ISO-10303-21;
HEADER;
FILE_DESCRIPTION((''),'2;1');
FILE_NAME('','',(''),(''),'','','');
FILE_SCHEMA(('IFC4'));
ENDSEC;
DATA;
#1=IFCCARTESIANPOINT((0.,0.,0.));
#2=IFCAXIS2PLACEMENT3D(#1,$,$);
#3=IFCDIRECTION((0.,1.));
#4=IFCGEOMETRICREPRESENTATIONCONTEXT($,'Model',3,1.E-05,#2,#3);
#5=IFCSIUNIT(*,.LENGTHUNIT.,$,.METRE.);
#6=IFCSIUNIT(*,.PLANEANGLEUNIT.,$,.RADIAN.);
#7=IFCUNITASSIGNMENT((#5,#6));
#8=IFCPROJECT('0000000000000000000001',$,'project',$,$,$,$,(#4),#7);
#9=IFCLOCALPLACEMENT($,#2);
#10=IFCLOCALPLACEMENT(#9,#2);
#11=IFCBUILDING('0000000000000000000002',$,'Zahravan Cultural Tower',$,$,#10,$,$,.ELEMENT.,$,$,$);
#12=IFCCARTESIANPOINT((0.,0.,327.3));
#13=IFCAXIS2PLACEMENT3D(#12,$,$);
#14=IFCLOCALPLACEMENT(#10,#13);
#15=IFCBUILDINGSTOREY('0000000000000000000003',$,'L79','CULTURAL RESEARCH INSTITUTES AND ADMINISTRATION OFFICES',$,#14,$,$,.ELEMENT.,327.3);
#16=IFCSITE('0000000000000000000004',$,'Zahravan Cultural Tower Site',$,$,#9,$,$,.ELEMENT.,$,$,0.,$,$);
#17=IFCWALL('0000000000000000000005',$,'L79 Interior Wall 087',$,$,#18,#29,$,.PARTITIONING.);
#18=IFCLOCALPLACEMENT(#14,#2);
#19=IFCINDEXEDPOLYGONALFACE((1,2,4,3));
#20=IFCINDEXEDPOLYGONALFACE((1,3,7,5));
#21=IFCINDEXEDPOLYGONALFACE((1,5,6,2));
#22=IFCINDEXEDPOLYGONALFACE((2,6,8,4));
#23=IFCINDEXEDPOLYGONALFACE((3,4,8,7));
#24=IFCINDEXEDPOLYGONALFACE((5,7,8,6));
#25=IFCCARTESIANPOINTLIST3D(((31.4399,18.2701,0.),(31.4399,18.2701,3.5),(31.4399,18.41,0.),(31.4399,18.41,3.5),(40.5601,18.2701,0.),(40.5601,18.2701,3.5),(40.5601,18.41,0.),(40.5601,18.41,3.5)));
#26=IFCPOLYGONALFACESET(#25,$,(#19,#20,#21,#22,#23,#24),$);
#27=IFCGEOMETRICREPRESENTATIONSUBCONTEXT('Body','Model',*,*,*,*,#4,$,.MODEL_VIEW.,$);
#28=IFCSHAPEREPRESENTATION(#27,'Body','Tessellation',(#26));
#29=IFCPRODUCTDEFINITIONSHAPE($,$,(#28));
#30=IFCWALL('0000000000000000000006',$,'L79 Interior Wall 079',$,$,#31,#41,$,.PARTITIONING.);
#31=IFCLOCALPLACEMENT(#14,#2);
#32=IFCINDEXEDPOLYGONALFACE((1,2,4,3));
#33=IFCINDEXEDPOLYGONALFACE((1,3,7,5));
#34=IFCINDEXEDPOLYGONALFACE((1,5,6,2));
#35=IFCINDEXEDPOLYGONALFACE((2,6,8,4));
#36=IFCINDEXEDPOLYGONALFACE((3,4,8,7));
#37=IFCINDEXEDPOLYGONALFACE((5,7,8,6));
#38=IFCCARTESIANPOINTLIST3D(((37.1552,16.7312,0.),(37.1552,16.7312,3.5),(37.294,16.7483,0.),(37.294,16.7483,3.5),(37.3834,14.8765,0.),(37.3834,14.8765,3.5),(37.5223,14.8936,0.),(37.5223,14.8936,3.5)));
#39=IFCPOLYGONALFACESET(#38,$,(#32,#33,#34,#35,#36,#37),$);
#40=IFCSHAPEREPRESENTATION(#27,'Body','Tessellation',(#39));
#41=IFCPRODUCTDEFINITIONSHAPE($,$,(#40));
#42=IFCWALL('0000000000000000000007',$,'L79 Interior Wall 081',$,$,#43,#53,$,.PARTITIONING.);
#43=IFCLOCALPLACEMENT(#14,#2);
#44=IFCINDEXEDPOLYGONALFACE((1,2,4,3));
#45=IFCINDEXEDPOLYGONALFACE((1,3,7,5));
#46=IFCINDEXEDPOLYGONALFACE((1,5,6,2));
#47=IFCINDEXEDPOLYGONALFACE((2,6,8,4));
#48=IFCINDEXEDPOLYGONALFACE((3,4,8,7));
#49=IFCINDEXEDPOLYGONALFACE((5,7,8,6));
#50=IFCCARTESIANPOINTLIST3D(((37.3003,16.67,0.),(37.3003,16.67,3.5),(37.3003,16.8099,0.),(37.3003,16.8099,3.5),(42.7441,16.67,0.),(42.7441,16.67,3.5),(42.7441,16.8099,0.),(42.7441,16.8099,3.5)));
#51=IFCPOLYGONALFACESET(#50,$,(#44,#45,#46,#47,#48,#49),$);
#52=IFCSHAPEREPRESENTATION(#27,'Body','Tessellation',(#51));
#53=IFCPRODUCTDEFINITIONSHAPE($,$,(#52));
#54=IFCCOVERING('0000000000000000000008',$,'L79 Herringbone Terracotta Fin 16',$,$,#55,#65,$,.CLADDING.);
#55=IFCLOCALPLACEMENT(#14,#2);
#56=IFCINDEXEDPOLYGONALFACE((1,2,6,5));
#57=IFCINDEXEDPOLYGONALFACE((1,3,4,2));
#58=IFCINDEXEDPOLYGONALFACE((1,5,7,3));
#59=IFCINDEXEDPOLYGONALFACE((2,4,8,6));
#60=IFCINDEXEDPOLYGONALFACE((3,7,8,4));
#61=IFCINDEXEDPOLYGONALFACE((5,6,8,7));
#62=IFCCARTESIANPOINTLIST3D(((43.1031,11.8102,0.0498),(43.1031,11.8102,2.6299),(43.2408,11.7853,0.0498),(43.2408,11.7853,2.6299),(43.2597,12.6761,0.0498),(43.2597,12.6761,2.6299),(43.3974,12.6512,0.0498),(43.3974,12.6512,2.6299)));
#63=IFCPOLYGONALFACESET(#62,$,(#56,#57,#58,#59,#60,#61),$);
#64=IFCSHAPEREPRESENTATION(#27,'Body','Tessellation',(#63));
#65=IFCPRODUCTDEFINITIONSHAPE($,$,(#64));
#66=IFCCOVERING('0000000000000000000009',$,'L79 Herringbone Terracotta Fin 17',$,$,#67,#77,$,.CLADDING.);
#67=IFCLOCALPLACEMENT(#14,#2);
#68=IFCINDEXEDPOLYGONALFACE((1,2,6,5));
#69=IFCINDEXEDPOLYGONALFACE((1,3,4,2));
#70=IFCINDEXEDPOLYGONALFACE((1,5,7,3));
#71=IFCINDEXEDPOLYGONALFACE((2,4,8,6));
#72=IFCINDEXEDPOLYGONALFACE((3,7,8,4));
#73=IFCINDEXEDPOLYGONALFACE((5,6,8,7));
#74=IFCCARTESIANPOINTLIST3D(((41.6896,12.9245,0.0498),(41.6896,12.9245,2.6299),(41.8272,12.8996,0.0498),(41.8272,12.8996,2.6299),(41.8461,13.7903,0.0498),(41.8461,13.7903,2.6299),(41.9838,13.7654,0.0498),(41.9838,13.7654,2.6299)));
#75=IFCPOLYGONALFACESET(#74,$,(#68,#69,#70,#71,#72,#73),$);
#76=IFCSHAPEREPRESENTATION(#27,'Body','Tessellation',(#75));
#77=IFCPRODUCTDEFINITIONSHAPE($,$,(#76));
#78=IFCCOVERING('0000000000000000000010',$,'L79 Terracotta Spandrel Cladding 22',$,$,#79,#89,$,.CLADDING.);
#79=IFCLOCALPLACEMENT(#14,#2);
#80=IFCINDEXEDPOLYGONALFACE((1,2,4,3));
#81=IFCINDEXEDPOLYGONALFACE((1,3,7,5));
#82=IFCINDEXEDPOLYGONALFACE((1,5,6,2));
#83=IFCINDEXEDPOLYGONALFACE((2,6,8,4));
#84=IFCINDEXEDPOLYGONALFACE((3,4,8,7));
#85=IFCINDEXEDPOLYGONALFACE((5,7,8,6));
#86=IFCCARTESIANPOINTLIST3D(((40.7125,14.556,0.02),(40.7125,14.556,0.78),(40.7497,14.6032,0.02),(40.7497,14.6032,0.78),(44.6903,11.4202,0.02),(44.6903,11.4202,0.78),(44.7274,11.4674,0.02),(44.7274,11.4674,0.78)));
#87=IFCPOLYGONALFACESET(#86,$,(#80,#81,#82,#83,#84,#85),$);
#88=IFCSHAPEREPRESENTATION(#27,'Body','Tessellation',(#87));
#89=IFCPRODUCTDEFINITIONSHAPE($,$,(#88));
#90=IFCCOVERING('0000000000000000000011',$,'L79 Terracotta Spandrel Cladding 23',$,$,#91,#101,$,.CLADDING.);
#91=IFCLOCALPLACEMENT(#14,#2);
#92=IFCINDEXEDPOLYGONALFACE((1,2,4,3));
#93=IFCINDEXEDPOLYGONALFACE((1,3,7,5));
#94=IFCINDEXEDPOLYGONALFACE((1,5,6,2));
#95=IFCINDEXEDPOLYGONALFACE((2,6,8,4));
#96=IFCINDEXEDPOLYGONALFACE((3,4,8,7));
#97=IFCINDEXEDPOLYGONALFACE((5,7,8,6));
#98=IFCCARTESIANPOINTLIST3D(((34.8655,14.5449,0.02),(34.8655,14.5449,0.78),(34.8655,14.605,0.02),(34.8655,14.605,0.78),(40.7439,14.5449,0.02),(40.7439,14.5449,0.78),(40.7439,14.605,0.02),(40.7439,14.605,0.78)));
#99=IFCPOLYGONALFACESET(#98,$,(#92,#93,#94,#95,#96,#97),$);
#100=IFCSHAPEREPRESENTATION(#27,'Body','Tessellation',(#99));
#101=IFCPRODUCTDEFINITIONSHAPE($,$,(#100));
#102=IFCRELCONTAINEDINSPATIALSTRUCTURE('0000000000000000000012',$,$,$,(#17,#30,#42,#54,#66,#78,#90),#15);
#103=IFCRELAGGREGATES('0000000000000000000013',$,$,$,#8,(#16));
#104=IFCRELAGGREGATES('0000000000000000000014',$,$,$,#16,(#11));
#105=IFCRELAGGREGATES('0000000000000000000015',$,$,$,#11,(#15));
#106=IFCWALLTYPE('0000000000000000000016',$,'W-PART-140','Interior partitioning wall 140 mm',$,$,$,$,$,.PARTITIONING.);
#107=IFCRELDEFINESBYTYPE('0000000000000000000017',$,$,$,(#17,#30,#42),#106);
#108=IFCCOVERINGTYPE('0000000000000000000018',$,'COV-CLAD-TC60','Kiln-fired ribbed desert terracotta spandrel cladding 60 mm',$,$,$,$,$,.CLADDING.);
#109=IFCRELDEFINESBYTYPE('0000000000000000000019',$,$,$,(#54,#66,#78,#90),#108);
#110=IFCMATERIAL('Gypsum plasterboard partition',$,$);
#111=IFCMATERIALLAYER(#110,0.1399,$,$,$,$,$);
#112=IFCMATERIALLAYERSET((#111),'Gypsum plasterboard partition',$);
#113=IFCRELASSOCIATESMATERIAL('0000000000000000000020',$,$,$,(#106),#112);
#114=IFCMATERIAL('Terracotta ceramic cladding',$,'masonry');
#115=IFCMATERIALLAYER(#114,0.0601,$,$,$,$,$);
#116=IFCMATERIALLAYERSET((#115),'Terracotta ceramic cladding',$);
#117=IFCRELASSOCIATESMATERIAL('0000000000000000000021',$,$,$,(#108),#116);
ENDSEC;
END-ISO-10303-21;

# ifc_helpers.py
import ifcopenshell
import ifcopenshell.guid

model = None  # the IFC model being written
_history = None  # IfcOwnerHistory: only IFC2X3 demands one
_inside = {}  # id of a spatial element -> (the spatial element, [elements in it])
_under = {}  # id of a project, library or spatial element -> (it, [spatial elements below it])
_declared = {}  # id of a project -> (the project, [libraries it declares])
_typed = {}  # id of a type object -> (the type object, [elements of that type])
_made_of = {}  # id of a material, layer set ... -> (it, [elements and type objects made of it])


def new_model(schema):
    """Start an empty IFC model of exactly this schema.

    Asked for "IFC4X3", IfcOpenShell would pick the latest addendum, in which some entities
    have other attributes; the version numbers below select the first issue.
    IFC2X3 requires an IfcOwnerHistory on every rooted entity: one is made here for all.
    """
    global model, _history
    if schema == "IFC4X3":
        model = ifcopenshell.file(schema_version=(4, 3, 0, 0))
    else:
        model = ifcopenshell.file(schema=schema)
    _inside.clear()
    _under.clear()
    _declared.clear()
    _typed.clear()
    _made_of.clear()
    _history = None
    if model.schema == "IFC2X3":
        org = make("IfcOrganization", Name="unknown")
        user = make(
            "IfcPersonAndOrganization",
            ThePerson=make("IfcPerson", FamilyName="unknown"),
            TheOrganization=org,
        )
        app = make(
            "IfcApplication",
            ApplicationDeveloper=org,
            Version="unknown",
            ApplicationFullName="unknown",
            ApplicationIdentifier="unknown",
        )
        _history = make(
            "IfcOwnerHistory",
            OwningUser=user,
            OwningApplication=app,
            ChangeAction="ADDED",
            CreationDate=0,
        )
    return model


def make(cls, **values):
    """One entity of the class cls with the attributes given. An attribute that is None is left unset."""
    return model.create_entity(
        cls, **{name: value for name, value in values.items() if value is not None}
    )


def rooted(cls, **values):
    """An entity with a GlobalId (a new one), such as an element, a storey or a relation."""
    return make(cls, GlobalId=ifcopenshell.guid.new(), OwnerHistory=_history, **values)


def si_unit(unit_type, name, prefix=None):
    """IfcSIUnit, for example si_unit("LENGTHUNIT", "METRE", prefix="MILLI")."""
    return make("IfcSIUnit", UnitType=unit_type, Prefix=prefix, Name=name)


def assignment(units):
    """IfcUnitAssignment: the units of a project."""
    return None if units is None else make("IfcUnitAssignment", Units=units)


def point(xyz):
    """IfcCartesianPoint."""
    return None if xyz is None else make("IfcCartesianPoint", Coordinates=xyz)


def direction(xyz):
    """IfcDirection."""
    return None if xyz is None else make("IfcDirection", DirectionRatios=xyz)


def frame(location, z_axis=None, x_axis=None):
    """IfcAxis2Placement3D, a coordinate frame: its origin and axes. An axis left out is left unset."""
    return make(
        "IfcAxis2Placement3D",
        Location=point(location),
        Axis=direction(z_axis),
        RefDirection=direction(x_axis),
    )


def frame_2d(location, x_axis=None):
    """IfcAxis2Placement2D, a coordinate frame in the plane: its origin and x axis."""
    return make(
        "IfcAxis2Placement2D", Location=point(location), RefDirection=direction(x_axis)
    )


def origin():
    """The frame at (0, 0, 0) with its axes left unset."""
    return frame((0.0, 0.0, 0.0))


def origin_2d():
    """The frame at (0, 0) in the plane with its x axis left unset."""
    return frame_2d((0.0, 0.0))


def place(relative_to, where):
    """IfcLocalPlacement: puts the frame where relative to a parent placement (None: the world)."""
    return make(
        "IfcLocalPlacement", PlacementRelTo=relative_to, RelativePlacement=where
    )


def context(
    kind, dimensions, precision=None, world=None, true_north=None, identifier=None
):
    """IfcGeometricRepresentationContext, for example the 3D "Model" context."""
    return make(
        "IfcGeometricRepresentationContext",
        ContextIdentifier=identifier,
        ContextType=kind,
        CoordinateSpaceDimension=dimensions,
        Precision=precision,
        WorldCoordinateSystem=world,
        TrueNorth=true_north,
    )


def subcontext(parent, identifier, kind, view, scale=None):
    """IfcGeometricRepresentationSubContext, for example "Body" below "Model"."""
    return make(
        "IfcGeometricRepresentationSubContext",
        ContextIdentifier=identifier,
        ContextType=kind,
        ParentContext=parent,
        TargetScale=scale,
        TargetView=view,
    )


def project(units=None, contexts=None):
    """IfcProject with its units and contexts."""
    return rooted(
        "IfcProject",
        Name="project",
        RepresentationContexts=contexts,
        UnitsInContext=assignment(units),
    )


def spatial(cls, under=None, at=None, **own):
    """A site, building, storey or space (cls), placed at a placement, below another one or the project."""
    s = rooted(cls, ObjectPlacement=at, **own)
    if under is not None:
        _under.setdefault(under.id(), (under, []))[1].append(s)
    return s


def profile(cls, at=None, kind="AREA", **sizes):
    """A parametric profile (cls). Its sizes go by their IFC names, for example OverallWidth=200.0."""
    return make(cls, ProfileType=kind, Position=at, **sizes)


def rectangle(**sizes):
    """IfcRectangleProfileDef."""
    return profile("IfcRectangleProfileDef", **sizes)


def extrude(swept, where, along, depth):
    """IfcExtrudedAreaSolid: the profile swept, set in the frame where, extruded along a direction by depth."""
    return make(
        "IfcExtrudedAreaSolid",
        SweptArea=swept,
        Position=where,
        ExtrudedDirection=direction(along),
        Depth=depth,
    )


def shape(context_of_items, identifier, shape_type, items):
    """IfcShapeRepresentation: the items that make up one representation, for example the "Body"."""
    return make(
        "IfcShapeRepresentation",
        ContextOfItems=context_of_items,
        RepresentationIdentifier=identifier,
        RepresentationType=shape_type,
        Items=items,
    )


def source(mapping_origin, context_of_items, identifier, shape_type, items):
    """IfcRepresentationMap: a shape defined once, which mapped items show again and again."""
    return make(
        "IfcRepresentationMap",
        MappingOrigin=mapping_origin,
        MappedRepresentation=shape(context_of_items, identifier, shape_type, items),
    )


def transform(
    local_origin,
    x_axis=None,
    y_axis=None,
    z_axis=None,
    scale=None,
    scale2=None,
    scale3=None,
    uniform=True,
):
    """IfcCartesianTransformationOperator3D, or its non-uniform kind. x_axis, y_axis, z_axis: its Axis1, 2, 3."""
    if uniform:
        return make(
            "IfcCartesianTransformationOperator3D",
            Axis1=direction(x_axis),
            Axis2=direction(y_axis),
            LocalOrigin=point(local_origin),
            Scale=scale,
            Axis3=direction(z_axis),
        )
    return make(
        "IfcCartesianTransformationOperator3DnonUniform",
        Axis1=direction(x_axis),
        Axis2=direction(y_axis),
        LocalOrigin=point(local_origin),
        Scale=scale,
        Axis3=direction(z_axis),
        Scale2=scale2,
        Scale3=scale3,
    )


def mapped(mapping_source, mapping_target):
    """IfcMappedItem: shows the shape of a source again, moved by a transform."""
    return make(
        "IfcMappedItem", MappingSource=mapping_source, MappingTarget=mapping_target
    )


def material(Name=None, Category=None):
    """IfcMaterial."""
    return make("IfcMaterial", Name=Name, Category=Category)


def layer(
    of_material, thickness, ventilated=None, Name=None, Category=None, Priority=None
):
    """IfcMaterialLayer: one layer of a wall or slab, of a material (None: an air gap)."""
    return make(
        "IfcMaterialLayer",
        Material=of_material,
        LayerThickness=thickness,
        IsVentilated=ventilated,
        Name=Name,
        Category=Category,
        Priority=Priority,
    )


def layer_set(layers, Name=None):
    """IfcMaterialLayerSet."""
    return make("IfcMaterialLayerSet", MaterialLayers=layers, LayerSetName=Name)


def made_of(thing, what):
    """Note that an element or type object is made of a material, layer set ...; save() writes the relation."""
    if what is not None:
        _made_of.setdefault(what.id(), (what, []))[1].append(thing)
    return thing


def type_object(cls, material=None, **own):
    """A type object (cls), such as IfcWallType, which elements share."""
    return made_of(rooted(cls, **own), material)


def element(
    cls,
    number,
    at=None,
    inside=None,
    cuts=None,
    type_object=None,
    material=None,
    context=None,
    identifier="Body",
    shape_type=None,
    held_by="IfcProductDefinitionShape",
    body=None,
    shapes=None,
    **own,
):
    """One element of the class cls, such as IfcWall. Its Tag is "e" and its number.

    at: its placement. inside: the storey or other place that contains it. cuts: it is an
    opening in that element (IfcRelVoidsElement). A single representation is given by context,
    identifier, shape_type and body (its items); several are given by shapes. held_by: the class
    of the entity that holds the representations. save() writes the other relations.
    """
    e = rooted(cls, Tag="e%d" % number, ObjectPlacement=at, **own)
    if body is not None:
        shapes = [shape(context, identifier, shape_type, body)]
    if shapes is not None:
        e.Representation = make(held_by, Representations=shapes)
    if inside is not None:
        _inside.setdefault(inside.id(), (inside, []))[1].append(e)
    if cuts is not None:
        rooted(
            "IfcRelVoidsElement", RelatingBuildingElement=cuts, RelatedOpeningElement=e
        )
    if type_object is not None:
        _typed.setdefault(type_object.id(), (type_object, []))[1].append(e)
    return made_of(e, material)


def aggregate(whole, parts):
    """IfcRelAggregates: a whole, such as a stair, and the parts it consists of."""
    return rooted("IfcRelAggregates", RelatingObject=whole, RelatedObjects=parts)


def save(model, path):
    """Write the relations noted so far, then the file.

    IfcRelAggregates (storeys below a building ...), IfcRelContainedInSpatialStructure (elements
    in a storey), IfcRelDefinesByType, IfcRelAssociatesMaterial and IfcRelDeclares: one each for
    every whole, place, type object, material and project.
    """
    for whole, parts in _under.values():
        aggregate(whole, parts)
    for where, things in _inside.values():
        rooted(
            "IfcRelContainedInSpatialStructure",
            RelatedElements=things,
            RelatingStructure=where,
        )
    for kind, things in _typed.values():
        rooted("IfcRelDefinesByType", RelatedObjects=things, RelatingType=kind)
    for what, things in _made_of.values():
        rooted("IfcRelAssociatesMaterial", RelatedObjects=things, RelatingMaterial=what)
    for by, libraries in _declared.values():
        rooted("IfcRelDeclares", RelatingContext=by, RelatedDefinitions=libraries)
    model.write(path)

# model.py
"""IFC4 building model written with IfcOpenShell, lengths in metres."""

from ifc_helpers import new_model, si_unit, direction, frame, frame_2d, origin, origin_2d, place, context, subcontext, project, spatial, rectangle, extrude, source, transform, mapped, material, layer, layer_set, type_object, element, save


model = new_model("IFC4")

# Units and contexts
model_context = context("Model", 3, precision=1e-05, world=origin(), true_north=direction((0.0, 1.0)))
body_context = subcontext(model_context, "Body", "Model", "MODEL_VIEW")
ifc_project = project(units=[si_unit("LENGTHUNIT", "METRE"), si_unit("PLANEANGLEUNIT", "RADIAN")], contexts=[model_context])

# Site, building, storey
site_placement = place(None, origin())
site = spatial("IfcSite", under=ifc_project, at=site_placement, Name="Zahravan Cultural Tower Site", CompositionType="ELEMENT", RefElevation=0.0)
building_placement = place(site_placement, origin())
building = spatial("IfcBuilding", under=site, at=building_placement, Name="Zahravan Cultural Tower", CompositionType="ELEMENT")
storey_placement = place(building_placement, frame((0.0, 0.0, 327.3)))
storey = spatial("IfcBuildingStorey", under=building, at=storey_placement, Name="L79", Description="CULTURAL RESEARCH INSTITUTES AND ADMINISTRATION OFFICES", CompositionType="ELEMENT", Elevation=327.3)

# Walls
ifc_material_1 = material(Name="Gypsum plasterboard partition")
ifc_layer_1 = layer(ifc_material_1, 0.1399)
ifc_layer_set_1 = layer_set([ifc_layer_1], Name="Gypsum plasterboard partition")
wall_type_1 = type_object("IfcWallType", Name="W-PART-140", Description="Interior partitioning wall 140 mm", PredefinedType="PARTITIONING", material=ifc_layer_set_1)
shared_shape_1 = source(origin(), body_context, "Body", "SweptSolid", [
    extrude(rectangle(XDim=9.1201, YDim=0.1399, at=frame_2d((4.5601, 0.0))), origin(), (0.0, 0.0, 1.0), 3.5),
])
wall_1_placement = place(storey_placement, frame((40.5601, 18.3401, 0.0), z_axis=(0.0, 0.0, 1.0), x_axis=(-1.0, 0.0, 0.0)))
element("IfcWall", 1, at=wall_1_placement, inside=storey, type_object=wall_type_1, Name="L79 Interior Wall 087", PredefinedType="PARTITIONING", context=body_context, shape_type="MappedRepresentation", body=[
    mapped(shared_shape_1, transform((0.0, 0.0, 0.0), x_axis=(1.0, 0.0, 0.0), y_axis=(0.0, 1.0, 0.0), z_axis=(0.0, 0.0, 1.0), scale=1.0)),
])
shared_shape_2 = source(origin(), body_context, "Body", "SweptSolid", [
    extrude(rectangle(XDim=1.8687, YDim=0.1399, at=frame_2d((0.9343, 0.0))), origin(), (0.0, 0.0, 1.0), 3.5),
])
wall_2_placement = place(storey_placement, frame((37.2246, 16.7397, 0.0), z_axis=(0.0, 0.0, 1.0), x_axis=(0.122153, -0.992511, 0.0)))
element("IfcWall", 2, at=wall_2_placement, inside=storey, type_object=wall_type_1, Name="L79 Interior Wall 079", PredefinedType="PARTITIONING", context=body_context, shape_type="MappedRepresentation", body=[
    mapped(shared_shape_2, transform((0.0, 0.0, 0.0), x_axis=(1.0, 0.0, 0.0), y_axis=(0.0, 1.0, 0.0), z_axis=(0.0, 0.0, 1.0), scale=1.0)),
])
shared_shape_3 = source(origin(), body_context, "Body", "SweptSolid", [
    extrude(rectangle(XDim=5.4438, YDim=0.1399, at=frame_2d((2.7219, 0.0))), origin(), (0.0, 0.0, 1.0), 3.5),
])
wall_3_placement = place(storey_placement, frame((37.3003, 16.74, 0.0), z_axis=(0.0, 0.0, 1.0), x_axis=(1.0, 0.0, 0.0)))
element("IfcWall", 3, at=wall_3_placement, inside=storey, type_object=wall_type_1, Name="L79 Interior Wall 081", PredefinedType="PARTITIONING", context=body_context, shape_type="MappedRepresentation", body=[
    mapped(shared_shape_3, transform((0.0, 0.0, 0.0), x_axis=(1.0, 0.0, 0.0), y_axis=(0.0, 1.0, 0.0), z_axis=(0.0, 0.0, 1.0), scale=1.0)),
])

# Coverings
ifc_material_2 = material(Name="Terracotta ceramic cladding", Category="masonry")
ifc_layer_2 = layer(ifc_material_2, 0.0601)
ifc_layer_set_2 = layer_set([ifc_layer_2], Name="Terracotta ceramic cladding")
covering_type = type_object("IfcCoveringType", Name="COV-CLAD-TC60", Description="Kiln-fired ribbed desert terracotta spandrel cladding 60 mm", PredefinedType="CLADDING", material=ifc_layer_set_2)
shared_shape_4 = source(origin(), body_context, "Body", "SweptSolid", [
    extrude(rectangle(XDim=0.8799, YDim=0.1399, at=origin_2d()), origin(), (0.0, 0.0, 1.0), 2.5801),
])
for number, where, z_axis, x_axis, name in (
    (4, (43.2502, 12.2307, 0.0498), (0.0, 0.0, 1.0), (-0.177944, -0.984041, 0.0), "L79 Herringbone Terracotta Fin 16"),
    (5, (41.8367, 13.345, 0.0498), (0.0, 0.0, 1.0), (-0.177944, -0.984041, 0.0), "L79 Herringbone Terracotta Fin 17"),
):
    element("IfcCovering", number, at=place(storey_placement, frame(where, z_axis=z_axis, x_axis=x_axis)), inside=storey, type_object=covering_type, Name=name, PredefinedType="CLADDING", context=body_context, shape_type="MappedRepresentation", body=[
        mapped(shared_shape_4, transform((0.0, 0.0, 0.0), x_axis=(1.0, 0.0, 0.0), y_axis=(0.0, 1.0, 0.0), z_axis=(0.0, 0.0, 1.0), scale=1.0)),
    ])
shared_shape_5 = source(origin(), body_context, "Body", "SweptSolid", [
    extrude(rectangle(XDim=5.0652, YDim=0.0601, at=origin_2d()), origin(), (0.0, 0.0, 1.0), 0.76),
])
covering_1_placement = place(storey_placement, frame((42.72, 13.0117, 0.02), z_axis=(0.0, 0.0, 1.0), x_axis=(-0.785317, 0.619094, 0.0)))
element("IfcCovering", 6, at=covering_1_placement, inside=storey, type_object=covering_type, Name="L79 Terracotta Spandrel Cladding 22", PredefinedType="CLADDING", context=body_context, shape_type="MappedRepresentation", body=[
    mapped(shared_shape_5, transform((0.0, 0.0, 0.0), x_axis=(1.0, 0.0, 0.0), y_axis=(0.0, 1.0, 0.0), z_axis=(0.0, 0.0, 1.0), scale=1.0)),
])
shared_shape_6 = source(origin(), body_context, "Body", "SweptSolid", [
    extrude(rectangle(XDim=5.8784, YDim=0.0601, at=origin_2d()), origin(), (0.0, 0.0, 1.0), 0.76),
])
covering_2_placement = place(storey_placement, frame((37.8047, 14.575, 0.02), z_axis=(0.0, 0.0, 1.0), x_axis=(-1.0, 0.0, 0.0)))
element("IfcCovering", 7, at=covering_2_placement, inside=storey, type_object=covering_type, Name="L79 Terracotta Spandrel Cladding 23", PredefinedType="CLADDING", context=body_context, shape_type="MappedRepresentation", body=[
    mapped(shared_shape_6, transform((0.0, 0.0, 0.0), x_axis=(1.0, 0.0, 0.0), y_axis=(0.0, 1.0, 0.0), z_axis=(0.0, 0.0, 1.0), scale=1.0)),
])

save(model, "model.ifc")
